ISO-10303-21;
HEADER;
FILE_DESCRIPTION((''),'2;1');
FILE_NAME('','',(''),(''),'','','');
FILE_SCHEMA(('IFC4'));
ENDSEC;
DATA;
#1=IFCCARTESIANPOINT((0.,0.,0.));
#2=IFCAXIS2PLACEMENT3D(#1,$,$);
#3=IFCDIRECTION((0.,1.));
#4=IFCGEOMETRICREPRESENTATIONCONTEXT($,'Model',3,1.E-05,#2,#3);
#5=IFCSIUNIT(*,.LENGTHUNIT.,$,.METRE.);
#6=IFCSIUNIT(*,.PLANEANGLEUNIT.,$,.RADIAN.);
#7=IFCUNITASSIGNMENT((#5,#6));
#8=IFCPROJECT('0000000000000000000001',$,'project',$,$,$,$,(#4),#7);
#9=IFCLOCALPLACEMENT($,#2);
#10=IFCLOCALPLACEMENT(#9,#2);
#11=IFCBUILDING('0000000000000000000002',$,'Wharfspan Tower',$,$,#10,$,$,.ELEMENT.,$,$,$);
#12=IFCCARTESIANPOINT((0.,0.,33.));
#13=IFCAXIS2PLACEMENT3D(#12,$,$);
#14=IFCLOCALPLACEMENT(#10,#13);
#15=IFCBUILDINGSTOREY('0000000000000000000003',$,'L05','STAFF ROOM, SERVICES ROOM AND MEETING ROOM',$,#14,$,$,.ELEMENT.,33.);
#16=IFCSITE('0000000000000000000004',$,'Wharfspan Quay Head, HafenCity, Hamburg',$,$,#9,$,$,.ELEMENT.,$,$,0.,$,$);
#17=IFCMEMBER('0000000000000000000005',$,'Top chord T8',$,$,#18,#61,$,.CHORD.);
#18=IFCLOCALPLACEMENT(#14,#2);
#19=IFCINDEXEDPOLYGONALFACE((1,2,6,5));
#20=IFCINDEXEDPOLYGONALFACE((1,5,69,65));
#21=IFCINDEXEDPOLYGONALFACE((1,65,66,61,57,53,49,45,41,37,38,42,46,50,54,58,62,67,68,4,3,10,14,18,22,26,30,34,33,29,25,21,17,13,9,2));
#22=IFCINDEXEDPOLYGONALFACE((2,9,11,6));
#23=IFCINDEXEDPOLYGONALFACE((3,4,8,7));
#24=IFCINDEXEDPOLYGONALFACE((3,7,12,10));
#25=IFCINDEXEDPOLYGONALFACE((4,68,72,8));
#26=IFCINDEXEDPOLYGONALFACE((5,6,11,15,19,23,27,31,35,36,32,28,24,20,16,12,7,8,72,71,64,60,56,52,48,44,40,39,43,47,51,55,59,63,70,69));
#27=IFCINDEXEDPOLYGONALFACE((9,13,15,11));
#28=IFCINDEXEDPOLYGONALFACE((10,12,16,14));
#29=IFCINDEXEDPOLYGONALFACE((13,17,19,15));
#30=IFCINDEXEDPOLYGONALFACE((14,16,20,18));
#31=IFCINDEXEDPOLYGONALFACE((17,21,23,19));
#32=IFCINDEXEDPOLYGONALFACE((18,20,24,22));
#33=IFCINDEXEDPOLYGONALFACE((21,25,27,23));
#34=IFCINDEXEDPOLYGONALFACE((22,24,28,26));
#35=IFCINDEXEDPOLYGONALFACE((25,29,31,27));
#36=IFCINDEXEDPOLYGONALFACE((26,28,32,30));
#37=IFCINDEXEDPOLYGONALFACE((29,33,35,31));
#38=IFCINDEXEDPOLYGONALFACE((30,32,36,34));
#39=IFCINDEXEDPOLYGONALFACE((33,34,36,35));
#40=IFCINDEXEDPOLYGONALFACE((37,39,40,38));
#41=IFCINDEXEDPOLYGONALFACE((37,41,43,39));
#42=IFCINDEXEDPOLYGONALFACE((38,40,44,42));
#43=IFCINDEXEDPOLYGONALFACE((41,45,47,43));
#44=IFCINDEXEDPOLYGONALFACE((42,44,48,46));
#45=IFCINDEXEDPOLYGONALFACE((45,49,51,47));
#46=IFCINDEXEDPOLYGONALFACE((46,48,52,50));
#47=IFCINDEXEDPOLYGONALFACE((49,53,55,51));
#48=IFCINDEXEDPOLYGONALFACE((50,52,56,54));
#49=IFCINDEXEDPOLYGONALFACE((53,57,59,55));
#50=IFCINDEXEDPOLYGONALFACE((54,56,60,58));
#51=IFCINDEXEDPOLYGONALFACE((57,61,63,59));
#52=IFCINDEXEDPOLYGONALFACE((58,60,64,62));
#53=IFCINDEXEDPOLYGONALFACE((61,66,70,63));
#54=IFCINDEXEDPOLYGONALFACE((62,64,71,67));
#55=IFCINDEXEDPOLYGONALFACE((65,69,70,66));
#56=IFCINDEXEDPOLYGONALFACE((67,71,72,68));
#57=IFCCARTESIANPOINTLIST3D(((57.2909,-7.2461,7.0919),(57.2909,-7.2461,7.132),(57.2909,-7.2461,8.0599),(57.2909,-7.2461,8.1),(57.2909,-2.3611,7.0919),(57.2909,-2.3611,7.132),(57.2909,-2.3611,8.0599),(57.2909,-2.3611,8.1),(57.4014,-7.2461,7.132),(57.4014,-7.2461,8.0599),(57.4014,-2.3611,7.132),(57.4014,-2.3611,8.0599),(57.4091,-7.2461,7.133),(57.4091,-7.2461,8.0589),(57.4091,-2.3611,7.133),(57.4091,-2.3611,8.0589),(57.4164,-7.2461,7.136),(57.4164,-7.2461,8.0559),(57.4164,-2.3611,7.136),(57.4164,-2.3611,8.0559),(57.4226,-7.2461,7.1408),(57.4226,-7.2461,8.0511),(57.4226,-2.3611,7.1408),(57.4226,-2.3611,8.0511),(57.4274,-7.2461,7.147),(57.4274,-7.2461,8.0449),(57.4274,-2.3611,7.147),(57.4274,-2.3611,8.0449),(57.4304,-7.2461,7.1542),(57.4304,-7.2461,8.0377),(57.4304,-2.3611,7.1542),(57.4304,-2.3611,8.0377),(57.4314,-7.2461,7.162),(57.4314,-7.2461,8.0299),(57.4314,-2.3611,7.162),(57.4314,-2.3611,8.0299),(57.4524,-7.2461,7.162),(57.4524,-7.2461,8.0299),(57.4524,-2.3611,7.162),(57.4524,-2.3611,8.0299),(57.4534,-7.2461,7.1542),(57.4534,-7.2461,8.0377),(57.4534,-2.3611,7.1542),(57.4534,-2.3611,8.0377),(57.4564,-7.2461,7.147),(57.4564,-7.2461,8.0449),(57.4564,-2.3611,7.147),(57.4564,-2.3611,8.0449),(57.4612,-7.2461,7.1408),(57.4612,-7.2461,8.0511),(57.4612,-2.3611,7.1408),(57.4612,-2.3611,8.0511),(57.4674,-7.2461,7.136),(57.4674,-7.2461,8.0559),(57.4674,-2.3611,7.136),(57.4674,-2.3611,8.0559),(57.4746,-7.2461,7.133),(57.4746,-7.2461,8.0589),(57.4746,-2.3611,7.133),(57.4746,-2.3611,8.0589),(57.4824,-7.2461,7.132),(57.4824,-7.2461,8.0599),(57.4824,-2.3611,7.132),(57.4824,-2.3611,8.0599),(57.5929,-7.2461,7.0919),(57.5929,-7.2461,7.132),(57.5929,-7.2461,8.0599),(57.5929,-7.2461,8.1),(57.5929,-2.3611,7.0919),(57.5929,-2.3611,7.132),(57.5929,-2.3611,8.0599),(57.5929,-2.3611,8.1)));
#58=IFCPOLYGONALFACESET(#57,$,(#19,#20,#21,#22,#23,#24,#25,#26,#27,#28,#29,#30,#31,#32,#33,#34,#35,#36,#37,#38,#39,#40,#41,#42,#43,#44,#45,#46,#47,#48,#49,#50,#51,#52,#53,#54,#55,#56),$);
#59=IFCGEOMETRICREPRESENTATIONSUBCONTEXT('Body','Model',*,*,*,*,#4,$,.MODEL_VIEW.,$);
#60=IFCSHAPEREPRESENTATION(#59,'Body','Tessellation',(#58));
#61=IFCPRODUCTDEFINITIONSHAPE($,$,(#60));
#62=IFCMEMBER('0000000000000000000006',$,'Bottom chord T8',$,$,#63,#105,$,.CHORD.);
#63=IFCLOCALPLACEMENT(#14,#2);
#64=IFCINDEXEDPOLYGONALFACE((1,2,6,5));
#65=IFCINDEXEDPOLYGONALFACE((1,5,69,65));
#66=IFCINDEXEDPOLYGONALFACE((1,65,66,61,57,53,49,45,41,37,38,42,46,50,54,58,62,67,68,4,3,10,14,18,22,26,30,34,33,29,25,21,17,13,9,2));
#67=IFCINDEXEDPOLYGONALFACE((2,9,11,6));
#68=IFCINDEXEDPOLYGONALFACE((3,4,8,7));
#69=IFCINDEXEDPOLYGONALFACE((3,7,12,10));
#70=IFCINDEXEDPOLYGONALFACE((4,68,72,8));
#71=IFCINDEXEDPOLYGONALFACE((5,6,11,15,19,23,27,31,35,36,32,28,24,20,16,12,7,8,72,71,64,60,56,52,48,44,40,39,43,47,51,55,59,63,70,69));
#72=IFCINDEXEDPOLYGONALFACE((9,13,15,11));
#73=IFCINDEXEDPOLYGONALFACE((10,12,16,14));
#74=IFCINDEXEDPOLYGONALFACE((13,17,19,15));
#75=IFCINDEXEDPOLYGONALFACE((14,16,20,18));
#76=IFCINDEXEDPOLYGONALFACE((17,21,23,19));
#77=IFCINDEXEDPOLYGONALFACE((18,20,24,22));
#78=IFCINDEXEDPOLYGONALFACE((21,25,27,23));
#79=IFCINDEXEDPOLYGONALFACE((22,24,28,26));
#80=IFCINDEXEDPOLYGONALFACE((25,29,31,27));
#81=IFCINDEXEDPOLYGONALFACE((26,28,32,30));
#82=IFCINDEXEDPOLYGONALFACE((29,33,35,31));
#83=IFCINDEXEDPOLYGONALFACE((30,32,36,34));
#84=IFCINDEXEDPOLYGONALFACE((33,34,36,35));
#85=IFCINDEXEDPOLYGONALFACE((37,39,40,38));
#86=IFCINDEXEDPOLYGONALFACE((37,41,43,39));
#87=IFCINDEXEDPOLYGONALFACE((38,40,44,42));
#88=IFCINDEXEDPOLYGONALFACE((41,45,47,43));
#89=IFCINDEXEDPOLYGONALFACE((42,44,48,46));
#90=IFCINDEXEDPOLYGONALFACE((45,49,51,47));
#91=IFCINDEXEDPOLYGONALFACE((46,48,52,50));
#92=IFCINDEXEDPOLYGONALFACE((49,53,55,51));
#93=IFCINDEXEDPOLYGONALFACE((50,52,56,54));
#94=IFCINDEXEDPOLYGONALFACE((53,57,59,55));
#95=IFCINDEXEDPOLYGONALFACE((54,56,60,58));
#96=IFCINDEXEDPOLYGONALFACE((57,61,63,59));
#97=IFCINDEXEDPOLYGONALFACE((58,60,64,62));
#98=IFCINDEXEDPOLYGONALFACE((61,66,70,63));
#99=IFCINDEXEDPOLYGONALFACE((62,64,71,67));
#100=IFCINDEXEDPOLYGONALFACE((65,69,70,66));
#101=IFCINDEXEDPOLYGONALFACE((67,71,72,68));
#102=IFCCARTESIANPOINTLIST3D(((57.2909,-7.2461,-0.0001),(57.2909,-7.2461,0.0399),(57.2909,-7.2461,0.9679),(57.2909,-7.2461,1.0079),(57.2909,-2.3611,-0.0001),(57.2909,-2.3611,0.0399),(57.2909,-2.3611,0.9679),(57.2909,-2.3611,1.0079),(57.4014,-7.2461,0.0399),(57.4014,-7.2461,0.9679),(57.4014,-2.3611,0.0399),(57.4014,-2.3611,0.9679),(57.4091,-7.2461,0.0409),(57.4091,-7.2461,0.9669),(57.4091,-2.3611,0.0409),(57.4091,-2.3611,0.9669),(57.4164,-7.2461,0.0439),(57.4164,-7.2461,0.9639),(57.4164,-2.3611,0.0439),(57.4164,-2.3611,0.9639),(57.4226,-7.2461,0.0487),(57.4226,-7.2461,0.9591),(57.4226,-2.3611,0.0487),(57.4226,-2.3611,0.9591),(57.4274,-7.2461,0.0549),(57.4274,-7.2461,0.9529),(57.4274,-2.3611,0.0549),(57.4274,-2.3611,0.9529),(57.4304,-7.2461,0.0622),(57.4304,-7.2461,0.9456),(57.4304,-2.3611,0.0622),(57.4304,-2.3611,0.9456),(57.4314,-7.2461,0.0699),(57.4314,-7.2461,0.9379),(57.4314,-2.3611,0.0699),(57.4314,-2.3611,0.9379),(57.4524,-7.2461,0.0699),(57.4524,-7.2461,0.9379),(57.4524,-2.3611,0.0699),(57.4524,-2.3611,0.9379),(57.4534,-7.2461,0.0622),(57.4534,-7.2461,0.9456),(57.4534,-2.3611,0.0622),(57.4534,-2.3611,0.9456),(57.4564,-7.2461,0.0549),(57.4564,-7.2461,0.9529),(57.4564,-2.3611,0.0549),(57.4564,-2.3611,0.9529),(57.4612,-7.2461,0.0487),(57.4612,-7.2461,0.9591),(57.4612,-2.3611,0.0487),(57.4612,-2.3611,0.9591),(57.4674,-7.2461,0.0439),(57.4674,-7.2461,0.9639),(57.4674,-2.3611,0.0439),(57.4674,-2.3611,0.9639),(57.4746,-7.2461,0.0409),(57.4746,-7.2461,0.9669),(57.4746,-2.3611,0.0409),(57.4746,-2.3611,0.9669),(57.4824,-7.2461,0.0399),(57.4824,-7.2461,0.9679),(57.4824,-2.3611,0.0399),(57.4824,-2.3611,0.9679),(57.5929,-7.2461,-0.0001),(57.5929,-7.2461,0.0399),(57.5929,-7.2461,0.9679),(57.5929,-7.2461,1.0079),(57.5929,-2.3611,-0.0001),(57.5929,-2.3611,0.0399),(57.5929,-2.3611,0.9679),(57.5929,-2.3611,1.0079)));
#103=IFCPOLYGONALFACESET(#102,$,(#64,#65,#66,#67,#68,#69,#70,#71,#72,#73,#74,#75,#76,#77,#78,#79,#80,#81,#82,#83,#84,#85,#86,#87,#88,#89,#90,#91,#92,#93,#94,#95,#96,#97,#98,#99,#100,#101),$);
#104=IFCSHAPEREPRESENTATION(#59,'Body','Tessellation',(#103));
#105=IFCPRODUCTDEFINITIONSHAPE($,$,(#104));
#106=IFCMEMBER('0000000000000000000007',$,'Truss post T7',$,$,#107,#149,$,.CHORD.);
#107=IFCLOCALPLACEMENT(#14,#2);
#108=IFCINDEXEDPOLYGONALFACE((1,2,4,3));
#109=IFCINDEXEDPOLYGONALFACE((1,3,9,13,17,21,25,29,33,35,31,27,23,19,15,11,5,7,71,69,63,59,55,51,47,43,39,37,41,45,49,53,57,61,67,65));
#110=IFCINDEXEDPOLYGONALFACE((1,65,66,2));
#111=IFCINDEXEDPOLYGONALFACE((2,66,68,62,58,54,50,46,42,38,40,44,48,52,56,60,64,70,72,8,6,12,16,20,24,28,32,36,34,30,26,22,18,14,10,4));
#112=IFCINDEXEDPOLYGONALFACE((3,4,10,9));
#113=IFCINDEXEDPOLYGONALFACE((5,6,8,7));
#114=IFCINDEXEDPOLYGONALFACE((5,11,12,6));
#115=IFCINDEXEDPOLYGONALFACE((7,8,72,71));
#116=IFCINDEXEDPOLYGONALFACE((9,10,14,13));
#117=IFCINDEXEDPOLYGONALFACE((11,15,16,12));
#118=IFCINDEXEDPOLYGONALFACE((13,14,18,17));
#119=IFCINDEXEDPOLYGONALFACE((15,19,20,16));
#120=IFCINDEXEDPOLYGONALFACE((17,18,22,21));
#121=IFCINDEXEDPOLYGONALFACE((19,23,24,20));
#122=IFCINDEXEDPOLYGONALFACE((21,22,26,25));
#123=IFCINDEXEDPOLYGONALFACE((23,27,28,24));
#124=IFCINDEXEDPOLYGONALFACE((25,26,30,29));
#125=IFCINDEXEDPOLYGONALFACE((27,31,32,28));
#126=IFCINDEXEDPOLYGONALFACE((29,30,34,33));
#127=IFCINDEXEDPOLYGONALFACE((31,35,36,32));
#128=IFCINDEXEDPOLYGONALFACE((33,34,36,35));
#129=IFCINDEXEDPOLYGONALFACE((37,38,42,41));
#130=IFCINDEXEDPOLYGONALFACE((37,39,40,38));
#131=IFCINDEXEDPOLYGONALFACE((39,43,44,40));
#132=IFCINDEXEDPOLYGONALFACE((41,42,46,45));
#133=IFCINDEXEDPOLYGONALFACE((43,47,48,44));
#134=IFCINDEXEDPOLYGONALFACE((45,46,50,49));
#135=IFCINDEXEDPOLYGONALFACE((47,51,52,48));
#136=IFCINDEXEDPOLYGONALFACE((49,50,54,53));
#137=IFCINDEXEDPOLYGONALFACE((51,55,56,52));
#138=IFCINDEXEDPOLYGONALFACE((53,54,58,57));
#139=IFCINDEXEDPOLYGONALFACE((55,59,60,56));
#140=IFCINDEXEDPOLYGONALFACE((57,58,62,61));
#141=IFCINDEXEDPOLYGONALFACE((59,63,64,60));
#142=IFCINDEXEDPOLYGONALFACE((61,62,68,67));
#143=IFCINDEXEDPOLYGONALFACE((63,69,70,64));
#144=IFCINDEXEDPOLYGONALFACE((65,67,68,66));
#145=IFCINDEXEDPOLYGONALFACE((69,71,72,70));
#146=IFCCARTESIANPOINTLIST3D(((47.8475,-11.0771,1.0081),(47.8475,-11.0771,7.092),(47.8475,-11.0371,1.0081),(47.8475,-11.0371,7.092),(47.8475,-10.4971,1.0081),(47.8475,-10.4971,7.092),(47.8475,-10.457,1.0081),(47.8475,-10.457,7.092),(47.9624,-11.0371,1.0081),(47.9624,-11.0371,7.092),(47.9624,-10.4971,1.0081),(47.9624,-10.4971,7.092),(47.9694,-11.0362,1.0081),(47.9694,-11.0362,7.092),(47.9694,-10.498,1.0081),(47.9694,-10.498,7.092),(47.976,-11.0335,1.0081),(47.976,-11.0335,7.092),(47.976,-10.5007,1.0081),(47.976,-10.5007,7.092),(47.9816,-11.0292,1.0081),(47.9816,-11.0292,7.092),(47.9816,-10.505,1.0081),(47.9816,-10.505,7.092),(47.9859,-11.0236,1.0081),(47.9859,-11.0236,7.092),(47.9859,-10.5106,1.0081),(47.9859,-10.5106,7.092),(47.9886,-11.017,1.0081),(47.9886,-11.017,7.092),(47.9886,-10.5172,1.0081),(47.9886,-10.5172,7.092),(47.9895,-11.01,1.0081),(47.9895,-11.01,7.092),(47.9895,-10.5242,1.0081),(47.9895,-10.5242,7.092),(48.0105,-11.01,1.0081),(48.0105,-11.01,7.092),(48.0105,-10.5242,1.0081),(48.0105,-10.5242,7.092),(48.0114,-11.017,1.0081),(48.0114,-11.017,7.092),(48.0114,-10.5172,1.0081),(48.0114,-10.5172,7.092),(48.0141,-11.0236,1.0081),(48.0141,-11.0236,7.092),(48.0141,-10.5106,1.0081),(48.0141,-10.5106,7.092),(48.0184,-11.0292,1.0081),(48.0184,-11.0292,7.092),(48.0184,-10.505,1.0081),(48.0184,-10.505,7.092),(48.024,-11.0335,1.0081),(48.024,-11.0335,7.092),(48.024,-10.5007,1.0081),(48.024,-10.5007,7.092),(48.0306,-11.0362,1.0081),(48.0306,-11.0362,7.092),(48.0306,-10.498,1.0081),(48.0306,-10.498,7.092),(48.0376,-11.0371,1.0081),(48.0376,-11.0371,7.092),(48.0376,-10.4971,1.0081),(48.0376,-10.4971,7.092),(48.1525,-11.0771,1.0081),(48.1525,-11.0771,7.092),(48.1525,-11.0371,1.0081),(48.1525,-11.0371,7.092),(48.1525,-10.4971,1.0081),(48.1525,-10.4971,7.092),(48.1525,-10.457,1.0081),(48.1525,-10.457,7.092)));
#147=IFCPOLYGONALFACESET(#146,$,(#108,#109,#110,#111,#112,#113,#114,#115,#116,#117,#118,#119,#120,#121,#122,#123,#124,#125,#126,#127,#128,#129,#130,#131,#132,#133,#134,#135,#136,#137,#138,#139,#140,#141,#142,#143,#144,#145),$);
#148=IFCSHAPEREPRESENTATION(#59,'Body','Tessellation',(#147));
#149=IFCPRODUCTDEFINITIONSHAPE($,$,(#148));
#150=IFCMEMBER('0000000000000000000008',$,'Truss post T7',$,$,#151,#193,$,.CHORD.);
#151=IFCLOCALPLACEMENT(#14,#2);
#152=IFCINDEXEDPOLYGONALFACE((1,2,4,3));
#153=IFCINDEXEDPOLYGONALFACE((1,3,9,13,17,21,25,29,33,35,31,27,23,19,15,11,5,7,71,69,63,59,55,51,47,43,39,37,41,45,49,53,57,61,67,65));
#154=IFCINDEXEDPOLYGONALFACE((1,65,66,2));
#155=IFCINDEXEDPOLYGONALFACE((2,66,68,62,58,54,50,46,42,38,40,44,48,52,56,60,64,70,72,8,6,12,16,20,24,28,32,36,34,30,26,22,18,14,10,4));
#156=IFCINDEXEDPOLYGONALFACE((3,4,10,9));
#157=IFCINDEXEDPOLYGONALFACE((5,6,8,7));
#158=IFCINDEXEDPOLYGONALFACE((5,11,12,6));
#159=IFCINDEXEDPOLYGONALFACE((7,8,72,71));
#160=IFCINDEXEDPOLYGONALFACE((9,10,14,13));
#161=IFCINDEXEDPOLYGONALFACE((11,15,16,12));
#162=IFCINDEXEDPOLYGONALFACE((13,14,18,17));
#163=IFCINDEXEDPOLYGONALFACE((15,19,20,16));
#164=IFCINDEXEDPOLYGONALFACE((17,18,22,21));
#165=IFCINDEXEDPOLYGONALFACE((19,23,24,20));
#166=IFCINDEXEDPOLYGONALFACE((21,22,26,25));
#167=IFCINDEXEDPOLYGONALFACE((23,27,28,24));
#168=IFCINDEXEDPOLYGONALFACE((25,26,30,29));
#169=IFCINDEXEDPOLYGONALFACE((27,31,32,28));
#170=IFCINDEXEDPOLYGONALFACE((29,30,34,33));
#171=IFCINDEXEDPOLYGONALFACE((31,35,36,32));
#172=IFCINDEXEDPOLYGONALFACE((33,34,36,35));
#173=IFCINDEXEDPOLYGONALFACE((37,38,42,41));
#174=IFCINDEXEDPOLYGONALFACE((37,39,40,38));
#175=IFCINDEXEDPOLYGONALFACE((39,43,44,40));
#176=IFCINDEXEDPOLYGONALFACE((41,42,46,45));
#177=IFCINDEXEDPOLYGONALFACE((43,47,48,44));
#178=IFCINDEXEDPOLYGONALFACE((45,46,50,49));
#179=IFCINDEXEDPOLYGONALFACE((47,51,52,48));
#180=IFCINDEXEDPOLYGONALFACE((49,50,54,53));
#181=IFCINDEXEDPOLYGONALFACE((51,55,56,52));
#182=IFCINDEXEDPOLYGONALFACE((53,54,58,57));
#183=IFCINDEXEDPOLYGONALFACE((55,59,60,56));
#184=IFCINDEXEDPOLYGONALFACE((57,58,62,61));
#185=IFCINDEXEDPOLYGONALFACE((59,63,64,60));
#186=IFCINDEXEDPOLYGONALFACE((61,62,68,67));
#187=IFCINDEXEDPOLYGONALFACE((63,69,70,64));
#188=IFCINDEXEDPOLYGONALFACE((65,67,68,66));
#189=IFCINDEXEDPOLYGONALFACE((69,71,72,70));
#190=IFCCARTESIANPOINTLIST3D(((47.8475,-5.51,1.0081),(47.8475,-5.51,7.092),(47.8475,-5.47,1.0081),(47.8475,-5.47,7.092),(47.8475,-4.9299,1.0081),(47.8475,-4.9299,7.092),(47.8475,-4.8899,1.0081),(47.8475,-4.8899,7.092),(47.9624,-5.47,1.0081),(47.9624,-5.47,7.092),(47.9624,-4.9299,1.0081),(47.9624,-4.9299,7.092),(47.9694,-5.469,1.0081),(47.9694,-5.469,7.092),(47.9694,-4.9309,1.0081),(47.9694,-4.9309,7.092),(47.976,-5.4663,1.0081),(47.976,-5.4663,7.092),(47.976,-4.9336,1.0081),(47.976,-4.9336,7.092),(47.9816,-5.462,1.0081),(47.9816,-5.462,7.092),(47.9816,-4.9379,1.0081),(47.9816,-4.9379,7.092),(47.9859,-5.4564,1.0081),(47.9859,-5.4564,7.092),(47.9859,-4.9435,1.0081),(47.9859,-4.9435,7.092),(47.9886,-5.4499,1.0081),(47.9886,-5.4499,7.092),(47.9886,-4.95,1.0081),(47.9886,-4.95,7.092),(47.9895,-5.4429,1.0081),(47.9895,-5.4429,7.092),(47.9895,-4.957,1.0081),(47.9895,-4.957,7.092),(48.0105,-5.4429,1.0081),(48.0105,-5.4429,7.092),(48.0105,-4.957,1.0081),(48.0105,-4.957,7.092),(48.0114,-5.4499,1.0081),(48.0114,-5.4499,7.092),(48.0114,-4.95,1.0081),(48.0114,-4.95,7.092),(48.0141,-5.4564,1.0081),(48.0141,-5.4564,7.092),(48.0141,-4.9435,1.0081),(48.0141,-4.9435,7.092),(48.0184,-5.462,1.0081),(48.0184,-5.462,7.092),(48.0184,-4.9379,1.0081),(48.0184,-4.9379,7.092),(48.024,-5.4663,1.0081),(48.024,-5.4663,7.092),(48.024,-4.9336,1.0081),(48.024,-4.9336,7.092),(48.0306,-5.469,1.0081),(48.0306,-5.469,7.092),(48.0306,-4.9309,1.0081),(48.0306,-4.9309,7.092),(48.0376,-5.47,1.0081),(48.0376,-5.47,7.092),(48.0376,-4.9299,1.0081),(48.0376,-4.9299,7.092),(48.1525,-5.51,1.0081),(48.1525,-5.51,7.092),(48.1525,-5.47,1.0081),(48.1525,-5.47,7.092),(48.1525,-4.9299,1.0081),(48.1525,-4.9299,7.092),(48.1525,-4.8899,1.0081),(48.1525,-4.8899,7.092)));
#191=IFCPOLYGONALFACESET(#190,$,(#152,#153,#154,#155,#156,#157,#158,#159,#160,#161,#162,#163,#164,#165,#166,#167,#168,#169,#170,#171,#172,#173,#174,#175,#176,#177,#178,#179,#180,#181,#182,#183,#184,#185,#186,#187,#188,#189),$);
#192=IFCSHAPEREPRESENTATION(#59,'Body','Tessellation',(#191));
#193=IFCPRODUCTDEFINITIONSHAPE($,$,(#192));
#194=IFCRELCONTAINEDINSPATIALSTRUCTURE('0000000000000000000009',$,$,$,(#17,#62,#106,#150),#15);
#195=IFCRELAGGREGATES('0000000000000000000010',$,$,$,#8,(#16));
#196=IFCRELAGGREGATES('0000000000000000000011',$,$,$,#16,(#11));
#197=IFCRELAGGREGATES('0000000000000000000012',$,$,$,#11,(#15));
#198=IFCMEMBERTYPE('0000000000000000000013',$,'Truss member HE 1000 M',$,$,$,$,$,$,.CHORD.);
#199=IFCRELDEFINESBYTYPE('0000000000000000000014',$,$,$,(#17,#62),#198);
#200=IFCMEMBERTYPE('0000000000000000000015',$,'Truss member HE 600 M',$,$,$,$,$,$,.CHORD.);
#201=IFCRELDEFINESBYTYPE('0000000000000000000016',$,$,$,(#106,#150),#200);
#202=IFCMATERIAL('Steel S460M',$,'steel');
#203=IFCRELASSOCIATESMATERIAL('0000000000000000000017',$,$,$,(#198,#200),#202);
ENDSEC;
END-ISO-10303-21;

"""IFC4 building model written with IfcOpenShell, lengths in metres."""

from ifc_helpers import new_model, si_unit, direction, frame, origin, origin_2d, place, context, subcontext, project, spatial, i_section, extrude, material, material_profile, profile_set, type_object, element, save


model = new_model("IFC4")

# Units and contexts
model_context = context("Model", 3, precision=1e-05, world=origin(), true_north=direction((0.0, 1.0)))
body_context = subcontext(model_context, "Body", "Model", "MODEL_VIEW")
ifc_project = project(units=[si_unit("LENGTHUNIT", "METRE"), si_unit("PLANEANGLEUNIT", "RADIAN")], contexts=[model_context])

# Site, building, storey
site_placement = place(None, origin())
site = spatial("IfcSite", under=ifc_project, at=site_placement, Name="Wharfspan Quay Head, HafenCity, Hamburg", CompositionType="ELEMENT", RefElevation=0.0)
building_placement = place(site_placement, origin())
building = spatial("IfcBuilding", under=site, at=building_placement, Name="Wharfspan Tower", CompositionType="ELEMENT")
storey_placement = place(building_placement, frame((0.0, 0.0, 33.0)))
storey = spatial("IfcBuildingStorey", under=building, at=storey_placement, Name="L05", Description="STAFF ROOM, SERVICES ROOM AND MEETING ROOM", CompositionType="ELEMENT", Elevation=33.0)

# Members
ifc_material_1 = material(Name="Steel S460M", Category="steel")
ifc_material_profile_1 = material_profile(ifc_material_1, i_section(OverallWidth=0.302, OverallDepth=1.0081, WebThickness=0.021, FlangeThickness=0.04, FilletRadius=0.03, at=origin_2d()))
ifc_profile_set_1 = profile_set([ifc_material_profile_1], Name="Steel S460M")
member_type_1 = type_object("IfcMemberType", Name="Truss member HE 1000 M", PredefinedType="CHORD", material=ifc_profile_set_1)
for number, where, z_axis, x_axis, name in (
    (1, (57.4419, -7.2461, 7.5959), (0.0, 1.0, 0.0), (-1.0, 0.0, 0.0), "Top chord T8"),
    (2, (57.4419, -7.2461, 0.5039), (0.0, 1.0, 0.0), (-1.0, 0.0, 0.0), "Bottom chord T8"),
):
    element("IfcMember", number, at=place(storey_placement, frame(where, z_axis=z_axis, x_axis=x_axis)), inside=storey, type_object=member_type_1, Name=name, PredefinedType="CHORD", context=body_context, shape_type="SweptSolid", body=[
        extrude(i_section(OverallWidth=0.302, OverallDepth=1.0081, WebThickness=0.021, FlangeThickness=0.04, FilletRadius=0.03, at=origin_2d()), origin(), (0.0, 0.0, 1.0), 4.885),
    ])
ifc_material_profile_2 = material_profile(ifc_material_1, i_section(OverallWidth=0.3049, OverallDepth=0.6201, WebThickness=0.021, FlangeThickness=0.04, FilletRadius=0.0271, at=origin_2d()))
ifc_profile_set_2 = profile_set([ifc_material_profile_2], Name="Steel S460M")
member_type_2 = type_object("IfcMemberType", Name="Truss member HE 600 M", PredefinedType="CHORD", material=ifc_profile_set_2)
for number, where, z_axis, x_axis, name in (
    (3, (48.0, -10.7671, 1.0081), (0.0, 0.0, 1.0), (1.0, 0.0, 0.0), "Truss post T7"),
    (4, (48.0, -5.2, 1.0081), (0.0, 0.0, 1.0), (1.0, 0.0, 0.0), "Truss post T7"),
):
    element("IfcMember", number, at=place(storey_placement, frame(where, z_axis=z_axis, x_axis=x_axis)), inside=storey, type_object=member_type_2, Name=name, PredefinedType="CHORD", context=body_context, shape_type="SweptSolid", body=[
        extrude(i_section(OverallWidth=0.3049, OverallDepth=0.6201, WebThickness=0.021, FlangeThickness=0.04, FilletRadius=0.0271, at=origin_2d()), origin(), (0.0, 0.0, 1.0), 6.084),
    ])

save(model, "model.ifc")
